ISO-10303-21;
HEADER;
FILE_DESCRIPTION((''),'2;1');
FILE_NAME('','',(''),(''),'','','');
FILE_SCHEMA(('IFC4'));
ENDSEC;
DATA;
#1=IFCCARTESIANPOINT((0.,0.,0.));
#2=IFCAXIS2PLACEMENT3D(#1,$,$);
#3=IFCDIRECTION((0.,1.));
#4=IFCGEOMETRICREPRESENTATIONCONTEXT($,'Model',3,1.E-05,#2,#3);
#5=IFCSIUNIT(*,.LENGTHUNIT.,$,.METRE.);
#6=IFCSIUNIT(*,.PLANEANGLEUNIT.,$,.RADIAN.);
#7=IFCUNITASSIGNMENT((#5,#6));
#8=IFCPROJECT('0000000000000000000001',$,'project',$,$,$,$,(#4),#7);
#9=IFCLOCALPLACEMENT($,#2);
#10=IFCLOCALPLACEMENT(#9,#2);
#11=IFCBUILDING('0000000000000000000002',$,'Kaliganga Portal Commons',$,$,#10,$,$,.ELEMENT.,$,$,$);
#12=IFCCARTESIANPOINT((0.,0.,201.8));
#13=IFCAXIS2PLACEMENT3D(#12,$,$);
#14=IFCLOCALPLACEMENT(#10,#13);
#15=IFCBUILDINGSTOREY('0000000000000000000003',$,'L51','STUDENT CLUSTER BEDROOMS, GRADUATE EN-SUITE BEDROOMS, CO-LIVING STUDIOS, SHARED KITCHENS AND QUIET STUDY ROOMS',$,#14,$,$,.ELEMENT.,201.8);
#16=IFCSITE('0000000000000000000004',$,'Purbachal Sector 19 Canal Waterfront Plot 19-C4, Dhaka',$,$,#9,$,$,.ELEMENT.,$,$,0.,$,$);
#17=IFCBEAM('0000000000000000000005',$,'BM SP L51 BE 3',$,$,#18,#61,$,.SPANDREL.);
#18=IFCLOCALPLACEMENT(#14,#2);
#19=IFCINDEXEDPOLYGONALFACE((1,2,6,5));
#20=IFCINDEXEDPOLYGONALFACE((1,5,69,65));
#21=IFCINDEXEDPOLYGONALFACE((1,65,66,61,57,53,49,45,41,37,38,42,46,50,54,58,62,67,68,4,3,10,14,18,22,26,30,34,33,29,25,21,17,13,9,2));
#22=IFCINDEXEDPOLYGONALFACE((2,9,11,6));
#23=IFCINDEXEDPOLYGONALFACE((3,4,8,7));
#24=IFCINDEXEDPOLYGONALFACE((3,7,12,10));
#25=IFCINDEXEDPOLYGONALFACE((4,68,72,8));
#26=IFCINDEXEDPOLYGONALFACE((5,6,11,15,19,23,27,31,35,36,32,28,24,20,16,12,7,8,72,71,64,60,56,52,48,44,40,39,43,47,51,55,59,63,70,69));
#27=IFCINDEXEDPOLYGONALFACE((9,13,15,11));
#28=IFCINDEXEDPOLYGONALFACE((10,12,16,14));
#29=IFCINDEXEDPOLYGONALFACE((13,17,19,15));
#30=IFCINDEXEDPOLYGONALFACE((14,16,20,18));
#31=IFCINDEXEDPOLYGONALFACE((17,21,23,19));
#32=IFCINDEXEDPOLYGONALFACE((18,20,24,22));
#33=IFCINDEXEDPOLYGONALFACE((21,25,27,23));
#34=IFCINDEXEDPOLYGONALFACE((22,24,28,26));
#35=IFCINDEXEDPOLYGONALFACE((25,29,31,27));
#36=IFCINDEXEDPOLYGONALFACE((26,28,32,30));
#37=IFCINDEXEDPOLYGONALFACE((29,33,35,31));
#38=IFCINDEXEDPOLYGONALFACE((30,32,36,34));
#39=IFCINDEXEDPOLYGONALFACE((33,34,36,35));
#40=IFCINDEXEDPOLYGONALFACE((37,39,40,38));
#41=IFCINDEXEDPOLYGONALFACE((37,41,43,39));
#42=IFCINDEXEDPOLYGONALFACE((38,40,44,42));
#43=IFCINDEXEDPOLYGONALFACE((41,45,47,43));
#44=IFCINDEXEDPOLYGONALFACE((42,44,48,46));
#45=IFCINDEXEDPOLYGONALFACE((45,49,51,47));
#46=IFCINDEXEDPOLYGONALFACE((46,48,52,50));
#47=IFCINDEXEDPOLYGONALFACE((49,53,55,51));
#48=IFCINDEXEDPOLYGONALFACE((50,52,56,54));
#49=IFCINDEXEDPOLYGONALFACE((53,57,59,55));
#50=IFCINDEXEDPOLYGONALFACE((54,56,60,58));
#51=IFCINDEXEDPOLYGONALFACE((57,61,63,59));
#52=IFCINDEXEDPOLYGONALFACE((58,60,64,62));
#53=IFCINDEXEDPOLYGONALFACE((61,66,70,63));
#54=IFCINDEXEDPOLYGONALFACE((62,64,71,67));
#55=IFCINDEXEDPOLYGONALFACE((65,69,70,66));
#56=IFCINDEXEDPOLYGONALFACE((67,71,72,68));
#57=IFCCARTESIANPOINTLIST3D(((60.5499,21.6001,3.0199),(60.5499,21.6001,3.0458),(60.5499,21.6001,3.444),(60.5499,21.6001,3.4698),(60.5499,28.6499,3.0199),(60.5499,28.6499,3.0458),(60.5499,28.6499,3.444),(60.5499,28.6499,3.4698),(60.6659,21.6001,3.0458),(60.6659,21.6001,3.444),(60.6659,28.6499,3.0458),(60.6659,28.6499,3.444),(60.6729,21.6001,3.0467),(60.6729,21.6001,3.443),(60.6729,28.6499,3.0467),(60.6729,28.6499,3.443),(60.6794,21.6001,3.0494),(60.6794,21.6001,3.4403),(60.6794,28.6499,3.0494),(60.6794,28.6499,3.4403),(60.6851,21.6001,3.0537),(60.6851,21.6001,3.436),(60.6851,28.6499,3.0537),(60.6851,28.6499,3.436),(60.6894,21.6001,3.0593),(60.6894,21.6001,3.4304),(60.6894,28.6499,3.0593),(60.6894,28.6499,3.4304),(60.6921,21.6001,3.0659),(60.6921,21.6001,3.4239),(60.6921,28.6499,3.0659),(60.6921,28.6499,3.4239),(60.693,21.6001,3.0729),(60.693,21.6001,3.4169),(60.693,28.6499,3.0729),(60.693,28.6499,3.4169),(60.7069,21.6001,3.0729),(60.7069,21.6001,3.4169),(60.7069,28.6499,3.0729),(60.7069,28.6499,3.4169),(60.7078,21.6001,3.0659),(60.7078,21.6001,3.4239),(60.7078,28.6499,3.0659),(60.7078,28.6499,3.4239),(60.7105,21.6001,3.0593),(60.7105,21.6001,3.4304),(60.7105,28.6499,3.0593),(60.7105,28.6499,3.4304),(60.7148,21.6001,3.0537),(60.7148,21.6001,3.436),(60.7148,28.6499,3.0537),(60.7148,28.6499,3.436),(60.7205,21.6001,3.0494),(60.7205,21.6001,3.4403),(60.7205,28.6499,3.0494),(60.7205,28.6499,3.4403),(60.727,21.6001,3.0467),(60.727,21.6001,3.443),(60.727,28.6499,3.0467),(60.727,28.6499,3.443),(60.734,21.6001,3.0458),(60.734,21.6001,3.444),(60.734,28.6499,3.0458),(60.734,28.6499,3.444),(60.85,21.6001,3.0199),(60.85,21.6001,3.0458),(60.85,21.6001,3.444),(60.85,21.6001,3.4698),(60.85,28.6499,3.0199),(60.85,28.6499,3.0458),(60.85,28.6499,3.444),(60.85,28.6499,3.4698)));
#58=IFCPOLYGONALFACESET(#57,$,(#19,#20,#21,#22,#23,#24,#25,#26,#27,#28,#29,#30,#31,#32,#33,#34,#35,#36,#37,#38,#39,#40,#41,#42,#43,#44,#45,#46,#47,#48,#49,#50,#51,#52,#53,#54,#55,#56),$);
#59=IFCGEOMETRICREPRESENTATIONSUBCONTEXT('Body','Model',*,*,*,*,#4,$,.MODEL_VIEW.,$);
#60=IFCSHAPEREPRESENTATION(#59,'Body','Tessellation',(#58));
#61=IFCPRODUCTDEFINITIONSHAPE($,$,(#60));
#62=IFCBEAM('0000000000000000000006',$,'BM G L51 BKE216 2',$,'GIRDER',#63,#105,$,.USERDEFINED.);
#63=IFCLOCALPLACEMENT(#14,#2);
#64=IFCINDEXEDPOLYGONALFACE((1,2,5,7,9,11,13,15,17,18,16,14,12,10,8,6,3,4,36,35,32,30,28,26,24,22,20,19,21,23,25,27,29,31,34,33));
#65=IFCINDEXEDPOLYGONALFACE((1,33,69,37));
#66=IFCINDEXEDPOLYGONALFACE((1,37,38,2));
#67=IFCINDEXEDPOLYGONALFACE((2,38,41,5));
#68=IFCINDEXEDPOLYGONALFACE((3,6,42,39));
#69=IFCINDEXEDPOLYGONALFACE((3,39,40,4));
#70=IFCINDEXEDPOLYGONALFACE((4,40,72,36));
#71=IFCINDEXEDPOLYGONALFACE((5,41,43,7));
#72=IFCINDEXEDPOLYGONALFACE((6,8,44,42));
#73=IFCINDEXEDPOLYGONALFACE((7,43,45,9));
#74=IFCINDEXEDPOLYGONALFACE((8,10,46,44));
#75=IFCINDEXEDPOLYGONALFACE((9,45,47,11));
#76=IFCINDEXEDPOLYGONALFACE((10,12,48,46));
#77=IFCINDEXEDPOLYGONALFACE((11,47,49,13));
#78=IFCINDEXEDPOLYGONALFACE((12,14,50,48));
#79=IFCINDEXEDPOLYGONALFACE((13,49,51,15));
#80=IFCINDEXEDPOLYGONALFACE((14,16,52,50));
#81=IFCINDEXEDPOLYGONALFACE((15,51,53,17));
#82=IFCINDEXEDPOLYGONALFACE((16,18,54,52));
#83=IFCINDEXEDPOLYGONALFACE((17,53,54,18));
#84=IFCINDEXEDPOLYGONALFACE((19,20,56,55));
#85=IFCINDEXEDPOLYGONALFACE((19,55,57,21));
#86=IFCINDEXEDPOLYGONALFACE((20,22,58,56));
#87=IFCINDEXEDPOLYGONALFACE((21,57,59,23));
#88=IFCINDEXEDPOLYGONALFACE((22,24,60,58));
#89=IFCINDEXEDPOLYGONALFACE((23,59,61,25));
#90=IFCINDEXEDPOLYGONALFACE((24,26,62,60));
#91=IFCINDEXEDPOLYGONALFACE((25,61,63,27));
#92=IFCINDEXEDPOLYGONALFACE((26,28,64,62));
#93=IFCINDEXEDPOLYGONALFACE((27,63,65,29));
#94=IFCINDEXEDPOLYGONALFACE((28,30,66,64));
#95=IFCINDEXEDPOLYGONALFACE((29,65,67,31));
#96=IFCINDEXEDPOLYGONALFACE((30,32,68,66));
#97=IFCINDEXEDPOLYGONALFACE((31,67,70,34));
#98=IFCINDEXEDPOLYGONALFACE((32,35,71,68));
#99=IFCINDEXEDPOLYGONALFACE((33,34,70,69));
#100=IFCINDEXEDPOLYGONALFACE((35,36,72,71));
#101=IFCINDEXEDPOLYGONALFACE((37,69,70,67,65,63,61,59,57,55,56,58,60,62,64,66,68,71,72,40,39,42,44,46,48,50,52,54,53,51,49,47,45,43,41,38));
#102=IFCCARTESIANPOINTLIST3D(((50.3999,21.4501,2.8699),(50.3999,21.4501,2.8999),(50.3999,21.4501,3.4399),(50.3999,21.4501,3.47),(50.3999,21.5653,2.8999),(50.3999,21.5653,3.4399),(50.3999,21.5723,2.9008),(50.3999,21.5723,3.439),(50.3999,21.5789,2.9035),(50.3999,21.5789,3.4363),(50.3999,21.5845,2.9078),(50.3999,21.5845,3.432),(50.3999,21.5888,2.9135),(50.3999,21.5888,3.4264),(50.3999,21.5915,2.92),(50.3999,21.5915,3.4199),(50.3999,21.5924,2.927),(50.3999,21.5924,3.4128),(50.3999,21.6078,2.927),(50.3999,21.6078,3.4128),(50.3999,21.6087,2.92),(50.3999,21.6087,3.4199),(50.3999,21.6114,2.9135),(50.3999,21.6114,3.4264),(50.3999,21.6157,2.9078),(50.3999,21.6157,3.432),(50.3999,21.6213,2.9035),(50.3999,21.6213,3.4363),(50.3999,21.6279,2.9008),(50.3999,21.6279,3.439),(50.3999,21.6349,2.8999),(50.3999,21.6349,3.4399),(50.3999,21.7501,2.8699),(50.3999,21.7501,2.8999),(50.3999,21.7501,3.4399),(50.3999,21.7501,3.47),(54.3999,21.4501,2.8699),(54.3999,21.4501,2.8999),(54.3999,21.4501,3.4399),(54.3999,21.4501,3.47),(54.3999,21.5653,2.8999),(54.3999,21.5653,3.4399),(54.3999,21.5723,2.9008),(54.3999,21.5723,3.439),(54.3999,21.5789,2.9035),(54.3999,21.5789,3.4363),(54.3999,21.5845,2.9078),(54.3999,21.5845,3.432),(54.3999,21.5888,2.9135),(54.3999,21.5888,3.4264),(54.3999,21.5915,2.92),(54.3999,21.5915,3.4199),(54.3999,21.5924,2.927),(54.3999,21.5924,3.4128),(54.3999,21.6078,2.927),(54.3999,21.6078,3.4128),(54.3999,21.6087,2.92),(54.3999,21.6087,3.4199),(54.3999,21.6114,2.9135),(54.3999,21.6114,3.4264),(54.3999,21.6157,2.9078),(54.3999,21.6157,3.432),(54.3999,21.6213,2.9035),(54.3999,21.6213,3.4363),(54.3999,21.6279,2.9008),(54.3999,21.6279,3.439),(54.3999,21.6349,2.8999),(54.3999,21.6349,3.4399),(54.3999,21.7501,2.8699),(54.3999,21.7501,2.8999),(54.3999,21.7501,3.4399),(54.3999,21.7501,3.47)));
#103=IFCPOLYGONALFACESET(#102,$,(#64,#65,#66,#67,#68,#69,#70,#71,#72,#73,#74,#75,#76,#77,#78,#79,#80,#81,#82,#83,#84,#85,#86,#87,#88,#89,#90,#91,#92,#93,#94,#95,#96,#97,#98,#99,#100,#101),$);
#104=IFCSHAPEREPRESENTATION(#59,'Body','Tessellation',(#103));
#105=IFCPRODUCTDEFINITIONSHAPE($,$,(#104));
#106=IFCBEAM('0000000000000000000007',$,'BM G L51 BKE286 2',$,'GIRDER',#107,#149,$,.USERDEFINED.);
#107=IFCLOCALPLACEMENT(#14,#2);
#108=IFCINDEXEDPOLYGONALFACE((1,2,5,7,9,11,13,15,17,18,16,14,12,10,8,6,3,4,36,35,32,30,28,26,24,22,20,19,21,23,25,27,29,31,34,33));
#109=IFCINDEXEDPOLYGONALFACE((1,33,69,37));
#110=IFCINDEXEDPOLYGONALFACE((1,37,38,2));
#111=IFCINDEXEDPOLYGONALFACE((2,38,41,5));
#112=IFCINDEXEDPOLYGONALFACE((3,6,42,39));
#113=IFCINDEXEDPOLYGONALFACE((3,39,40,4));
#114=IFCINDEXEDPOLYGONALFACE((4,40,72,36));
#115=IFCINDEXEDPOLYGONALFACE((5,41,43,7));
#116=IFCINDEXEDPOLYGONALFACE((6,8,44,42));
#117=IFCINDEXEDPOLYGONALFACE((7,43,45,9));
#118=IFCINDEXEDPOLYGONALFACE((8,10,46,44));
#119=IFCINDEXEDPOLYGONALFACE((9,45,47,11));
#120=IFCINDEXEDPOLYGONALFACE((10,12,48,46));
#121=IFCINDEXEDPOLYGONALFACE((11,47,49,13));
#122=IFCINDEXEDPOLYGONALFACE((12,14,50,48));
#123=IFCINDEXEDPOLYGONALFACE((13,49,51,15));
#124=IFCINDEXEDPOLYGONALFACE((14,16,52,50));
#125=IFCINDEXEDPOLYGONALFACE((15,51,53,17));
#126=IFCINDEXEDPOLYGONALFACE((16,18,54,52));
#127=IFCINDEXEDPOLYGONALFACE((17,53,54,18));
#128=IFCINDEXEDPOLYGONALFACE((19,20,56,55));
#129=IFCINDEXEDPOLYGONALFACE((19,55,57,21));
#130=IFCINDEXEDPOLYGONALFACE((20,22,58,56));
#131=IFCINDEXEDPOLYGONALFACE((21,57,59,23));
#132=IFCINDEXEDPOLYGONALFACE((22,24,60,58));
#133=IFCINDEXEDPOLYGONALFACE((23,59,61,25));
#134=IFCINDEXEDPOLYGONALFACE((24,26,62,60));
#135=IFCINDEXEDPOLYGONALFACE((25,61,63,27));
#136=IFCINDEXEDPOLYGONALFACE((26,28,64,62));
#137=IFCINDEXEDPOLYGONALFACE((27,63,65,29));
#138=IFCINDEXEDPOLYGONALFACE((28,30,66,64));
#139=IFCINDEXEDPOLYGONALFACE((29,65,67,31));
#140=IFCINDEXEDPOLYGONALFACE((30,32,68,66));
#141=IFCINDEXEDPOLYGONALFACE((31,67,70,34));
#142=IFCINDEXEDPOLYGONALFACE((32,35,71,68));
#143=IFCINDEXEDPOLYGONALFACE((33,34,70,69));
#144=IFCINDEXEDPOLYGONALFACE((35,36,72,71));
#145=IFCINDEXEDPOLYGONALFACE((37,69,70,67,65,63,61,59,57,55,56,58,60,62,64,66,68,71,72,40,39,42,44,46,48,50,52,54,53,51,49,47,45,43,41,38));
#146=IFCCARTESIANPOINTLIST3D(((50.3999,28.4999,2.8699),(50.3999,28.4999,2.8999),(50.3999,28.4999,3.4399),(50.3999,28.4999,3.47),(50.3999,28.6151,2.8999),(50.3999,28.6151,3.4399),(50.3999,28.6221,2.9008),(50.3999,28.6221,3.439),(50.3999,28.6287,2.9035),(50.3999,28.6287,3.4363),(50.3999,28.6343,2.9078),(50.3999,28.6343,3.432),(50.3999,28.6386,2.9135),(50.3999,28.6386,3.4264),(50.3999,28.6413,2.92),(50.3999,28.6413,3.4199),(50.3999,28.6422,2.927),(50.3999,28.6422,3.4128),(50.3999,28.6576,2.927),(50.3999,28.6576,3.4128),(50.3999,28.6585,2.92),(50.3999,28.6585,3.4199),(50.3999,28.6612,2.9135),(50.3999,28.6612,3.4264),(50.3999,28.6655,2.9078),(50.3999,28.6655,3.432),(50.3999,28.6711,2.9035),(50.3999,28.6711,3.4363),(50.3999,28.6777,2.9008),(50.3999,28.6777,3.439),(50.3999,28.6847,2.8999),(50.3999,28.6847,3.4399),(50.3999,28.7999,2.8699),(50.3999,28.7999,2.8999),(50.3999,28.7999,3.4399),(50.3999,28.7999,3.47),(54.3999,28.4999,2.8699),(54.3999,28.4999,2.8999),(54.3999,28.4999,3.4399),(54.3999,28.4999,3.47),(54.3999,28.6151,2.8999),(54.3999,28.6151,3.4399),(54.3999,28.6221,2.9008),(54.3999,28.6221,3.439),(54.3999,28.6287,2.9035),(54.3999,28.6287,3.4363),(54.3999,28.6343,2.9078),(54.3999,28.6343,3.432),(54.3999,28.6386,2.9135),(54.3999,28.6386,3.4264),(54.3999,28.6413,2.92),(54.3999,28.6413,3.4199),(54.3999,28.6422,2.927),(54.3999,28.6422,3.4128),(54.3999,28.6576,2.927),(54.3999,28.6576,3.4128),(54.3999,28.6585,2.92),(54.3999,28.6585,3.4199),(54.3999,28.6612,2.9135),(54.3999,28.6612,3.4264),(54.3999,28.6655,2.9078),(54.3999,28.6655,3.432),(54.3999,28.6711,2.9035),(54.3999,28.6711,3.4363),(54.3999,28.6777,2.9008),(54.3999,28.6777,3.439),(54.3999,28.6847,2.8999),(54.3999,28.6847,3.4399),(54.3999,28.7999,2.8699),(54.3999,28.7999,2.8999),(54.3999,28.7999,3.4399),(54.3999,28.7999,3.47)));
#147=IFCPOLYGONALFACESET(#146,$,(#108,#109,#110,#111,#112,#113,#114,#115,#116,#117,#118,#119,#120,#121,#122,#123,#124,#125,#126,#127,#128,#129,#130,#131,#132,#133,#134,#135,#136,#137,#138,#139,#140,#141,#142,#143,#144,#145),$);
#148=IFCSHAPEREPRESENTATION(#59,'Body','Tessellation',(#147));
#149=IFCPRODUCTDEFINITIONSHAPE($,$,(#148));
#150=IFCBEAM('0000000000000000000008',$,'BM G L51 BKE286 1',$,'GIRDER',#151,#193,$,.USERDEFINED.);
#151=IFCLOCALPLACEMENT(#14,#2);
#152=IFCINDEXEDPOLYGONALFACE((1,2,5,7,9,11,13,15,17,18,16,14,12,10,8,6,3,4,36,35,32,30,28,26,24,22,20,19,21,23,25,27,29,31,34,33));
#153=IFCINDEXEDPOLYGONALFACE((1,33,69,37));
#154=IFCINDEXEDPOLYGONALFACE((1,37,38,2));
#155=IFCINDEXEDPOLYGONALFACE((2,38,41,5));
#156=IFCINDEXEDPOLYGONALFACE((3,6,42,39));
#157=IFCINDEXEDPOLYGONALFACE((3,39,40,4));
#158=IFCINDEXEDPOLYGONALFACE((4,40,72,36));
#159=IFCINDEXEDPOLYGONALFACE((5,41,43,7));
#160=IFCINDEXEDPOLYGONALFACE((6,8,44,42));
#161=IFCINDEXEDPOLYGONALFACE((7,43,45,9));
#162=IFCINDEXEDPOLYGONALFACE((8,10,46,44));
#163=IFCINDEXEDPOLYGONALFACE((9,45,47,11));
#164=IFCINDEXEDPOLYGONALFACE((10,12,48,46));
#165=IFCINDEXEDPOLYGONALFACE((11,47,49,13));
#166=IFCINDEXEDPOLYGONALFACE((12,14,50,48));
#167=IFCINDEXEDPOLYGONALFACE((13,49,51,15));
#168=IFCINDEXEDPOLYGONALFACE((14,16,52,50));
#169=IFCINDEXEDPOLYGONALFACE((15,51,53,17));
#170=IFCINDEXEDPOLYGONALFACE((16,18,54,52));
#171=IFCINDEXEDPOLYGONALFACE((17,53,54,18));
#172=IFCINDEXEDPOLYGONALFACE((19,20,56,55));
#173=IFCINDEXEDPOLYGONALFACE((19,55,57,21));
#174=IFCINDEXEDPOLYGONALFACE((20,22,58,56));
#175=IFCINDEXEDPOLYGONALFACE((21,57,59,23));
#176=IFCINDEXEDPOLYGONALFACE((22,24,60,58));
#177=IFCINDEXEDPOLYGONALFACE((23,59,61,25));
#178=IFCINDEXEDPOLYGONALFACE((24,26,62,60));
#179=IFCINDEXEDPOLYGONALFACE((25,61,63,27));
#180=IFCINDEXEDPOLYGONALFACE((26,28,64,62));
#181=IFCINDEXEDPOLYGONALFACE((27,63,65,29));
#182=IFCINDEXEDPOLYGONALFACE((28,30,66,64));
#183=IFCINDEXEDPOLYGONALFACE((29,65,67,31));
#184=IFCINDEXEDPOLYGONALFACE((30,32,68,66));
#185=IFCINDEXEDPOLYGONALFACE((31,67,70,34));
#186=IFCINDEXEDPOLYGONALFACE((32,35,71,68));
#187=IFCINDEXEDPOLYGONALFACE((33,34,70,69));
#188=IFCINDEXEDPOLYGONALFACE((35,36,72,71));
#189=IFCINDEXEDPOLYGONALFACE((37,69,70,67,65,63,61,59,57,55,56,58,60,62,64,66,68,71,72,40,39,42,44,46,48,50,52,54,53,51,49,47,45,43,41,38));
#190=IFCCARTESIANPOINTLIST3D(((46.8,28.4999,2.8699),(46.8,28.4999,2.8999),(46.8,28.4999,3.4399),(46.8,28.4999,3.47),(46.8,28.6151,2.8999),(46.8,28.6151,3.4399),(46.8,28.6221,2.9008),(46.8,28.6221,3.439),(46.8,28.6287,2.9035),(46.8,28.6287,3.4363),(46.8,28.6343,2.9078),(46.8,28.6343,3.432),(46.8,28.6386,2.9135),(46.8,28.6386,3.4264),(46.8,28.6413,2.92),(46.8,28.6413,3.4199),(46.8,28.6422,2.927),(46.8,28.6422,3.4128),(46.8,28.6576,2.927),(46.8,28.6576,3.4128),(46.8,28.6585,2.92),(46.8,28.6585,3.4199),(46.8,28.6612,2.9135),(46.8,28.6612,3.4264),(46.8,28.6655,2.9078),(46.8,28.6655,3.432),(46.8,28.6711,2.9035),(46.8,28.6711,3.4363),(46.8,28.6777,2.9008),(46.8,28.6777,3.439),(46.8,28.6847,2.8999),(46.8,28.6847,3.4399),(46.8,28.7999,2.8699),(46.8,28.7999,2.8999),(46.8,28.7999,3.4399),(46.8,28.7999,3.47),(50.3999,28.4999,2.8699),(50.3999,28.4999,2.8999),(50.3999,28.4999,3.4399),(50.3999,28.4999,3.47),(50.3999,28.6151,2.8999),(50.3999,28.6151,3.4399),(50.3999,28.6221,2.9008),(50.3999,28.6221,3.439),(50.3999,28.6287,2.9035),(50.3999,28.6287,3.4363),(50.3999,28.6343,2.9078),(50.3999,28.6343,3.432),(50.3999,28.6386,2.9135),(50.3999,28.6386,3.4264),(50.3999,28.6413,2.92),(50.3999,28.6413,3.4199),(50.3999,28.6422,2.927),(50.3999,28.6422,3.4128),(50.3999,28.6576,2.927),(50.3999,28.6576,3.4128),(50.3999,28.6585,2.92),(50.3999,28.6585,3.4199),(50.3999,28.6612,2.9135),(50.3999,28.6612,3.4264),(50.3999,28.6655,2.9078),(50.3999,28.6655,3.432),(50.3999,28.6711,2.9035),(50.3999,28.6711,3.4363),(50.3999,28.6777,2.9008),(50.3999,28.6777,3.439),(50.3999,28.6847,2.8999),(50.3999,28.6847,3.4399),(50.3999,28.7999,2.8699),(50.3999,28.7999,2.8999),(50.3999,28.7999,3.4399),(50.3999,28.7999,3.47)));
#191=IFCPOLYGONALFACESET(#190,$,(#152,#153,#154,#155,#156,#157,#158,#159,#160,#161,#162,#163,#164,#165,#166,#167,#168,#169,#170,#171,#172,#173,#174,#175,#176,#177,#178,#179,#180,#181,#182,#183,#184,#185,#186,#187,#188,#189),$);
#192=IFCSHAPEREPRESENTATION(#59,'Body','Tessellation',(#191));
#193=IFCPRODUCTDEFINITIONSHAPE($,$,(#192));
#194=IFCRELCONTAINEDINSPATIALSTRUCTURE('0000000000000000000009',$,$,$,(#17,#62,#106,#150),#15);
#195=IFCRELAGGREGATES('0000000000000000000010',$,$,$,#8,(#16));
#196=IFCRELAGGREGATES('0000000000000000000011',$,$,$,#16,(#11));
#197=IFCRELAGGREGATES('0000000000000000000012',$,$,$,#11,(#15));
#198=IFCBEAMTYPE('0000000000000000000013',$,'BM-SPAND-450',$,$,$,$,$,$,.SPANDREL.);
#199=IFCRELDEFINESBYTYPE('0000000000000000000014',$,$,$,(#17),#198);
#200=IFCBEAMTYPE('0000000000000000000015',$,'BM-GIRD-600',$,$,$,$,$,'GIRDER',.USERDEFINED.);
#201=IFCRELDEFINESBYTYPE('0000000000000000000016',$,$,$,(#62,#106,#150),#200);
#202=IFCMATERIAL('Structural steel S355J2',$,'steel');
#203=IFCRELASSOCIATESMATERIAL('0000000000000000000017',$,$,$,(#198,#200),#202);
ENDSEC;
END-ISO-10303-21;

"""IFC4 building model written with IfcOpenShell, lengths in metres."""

from ifc_helpers import new_model, si_unit, direction, frame, origin, origin_2d, place, context, subcontext, project, spatial, i_section, extrude, source, transform, mapped, material, material_profile, profile_set, type_object, element, save


model = new_model("IFC4")

# Units and contexts
model_context = context("Model", 3, precision=1e-05, world=origin(), true_north=direction((0.0, 1.0)))
body_context = subcontext(model_context, "Body", "Model", "MODEL_VIEW")
ifc_project = project(units=[si_unit("LENGTHUNIT", "METRE"), si_unit("PLANEANGLEUNIT", "RADIAN")], contexts=[model_context])

# Site, building, storey
site_placement = place(None, origin())
site = spatial("IfcSite", under=ifc_project, at=site_placement, Name="Purbachal Sector 19 Canal Waterfront Plot 19-C4, Dhaka", CompositionType="ELEMENT", RefElevation=0.0)
building_placement = place(site_placement, origin())
building = spatial("IfcBuilding", under=site, at=building_placement, Name="Kaliganga Portal Commons", CompositionType="ELEMENT")
storey_placement = place(building_placement, frame((0.0, 0.0, 201.8)))
storey = spatial("IfcBuildingStorey", under=building, at=storey_placement, Name="L51", Description="STUDENT CLUSTER BEDROOMS, GRADUATE EN-SUITE BEDROOMS, CO-LIVING STUDIOS, SHARED KITCHENS AND QUIET STUDY ROOMS", CompositionType="ELEMENT", Elevation=201.8)

# Shared definitions
ifc_material_1 = material(Name="Structural steel S355J2", Category="steel")

# Beams
ifc_material_profile_1 = material_profile(ifc_material_1, i_section(OverallWidth=0.3, OverallDepth=0.45, WebThickness=0.0139, FlangeThickness=0.0259, FilletRadius=0.0271, at=origin_2d()), Name="HE 450 B")
ifc_profile_set_1 = profile_set([ifc_material_profile_1], Name="Structural steel S355J2 wide-flange")
beam_type_1 = type_object("IfcBeamType", Name="BM-SPAND-450", PredefinedType="SPANDREL", material=ifc_profile_set_1)
shared_shape_1 = source(origin(), body_context, "Body", "SweptSolid", [
    extrude(i_section(OverallWidth=0.3, OverallDepth=0.45, WebThickness=0.0139, FlangeThickness=0.0259, FilletRadius=0.0271, at=origin_2d()), origin(), (0.0, 0.0, 1.0), 7.0498),
])
beam_1_placement = place(storey_placement, frame((60.7, 21.6001, 3.2449), z_axis=(0.0, 1.0, 0.0), x_axis=(-1.0, 0.0, 0.0)))
element("IfcBeam", 1, at=beam_1_placement, inside=storey, type_object=beam_type_1, Name="BM SP L51 BE 3", PredefinedType="SPANDREL", context=body_context, shape_type="MappedRepresentation", body=[
    mapped(shared_shape_1, transform((0.0, 0.0, 0.0), x_axis=(1.0, 0.0, 0.0), y_axis=(0.0, 1.0, 0.0), z_axis=(0.0, 0.0, 1.0), scale=1.0)),
])
ifc_material_profile_2 = material_profile(ifc_material_1, i_section(OverallWidth=0.3, OverallDepth=0.6001, WebThickness=0.0154, FlangeThickness=0.03, FilletRadius=0.0271, at=origin_2d()), Name="HE 600 B")
ifc_profile_set_2 = profile_set([ifc_material_profile_2], Name="Structural steel S355J2 wide-flange")
beam_type_2 = type_object("IfcBeamType", Name="BM-GIRD-600", ElementType="GIRDER", PredefinedType="USERDEFINED", material=ifc_profile_set_2)
shared_shape_2 = source(origin(), body_context, "Body", "SweptSolid", [
    extrude(i_section(OverallWidth=0.3, OverallDepth=0.6001, WebThickness=0.0154, FlangeThickness=0.03, FilletRadius=0.0271, at=origin_2d()), origin(), (0.0, 0.0, 1.0), 4.0),
])
for number, where, z_axis, x_axis, name in (
    (2, (50.3999, 21.6001, 3.1699), (1.0, 0.0, 0.0), (0.0, 1.0, 0.0), "BM G L51 BKE216 2"),
    (3, (50.3999, 28.6499, 3.1699), (1.0, 0.0, 0.0), (0.0, 1.0, 0.0), "BM G L51 BKE286 2"),
):
    element("IfcBeam", number, at=place(storey_placement, frame(where, z_axis=z_axis, x_axis=x_axis)), inside=storey, type_object=beam_type_2, Name=name, ObjectType="GIRDER", PredefinedType="USERDEFINED", context=body_context, shape_type="MappedRepresentation", body=[
        mapped(shared_shape_2, transform((0.0, 0.0, 0.0), x_axis=(1.0, 0.0, 0.0), y_axis=(0.0, 1.0, 0.0), z_axis=(0.0, 0.0, 1.0), scale=1.0)),
    ])
shared_shape_3 = source(origin(), body_context, "Body", "SweptSolid", [
    extrude(i_section(OverallWidth=0.3, OverallDepth=0.6001, WebThickness=0.0154, FlangeThickness=0.03, FilletRadius=0.0271, at=origin_2d()), origin(), (0.0, 0.0, 1.0), 3.5999),
])
beam_2_placement = place(storey_placement, frame((46.8, 28.6499, 3.1699), z_axis=(1.0, 0.0, 0.0), x_axis=(0.0, 1.0, 0.0)))
element("IfcBeam", 4, at=beam_2_placement, inside=storey, type_object=beam_type_2, Name="BM G L51 BKE286 1", ObjectType="GIRDER", PredefinedType="USERDEFINED", context=body_context, shape_type="MappedRepresentation", body=[
    mapped(shared_shape_3, transform((0.0, 0.0, 0.0), x_axis=(1.0, 0.0, 0.0), y_axis=(0.0, 1.0, 0.0), z_axis=(0.0, 0.0, 1.0), scale=1.0)),
])

save(model, "model.ifc")
